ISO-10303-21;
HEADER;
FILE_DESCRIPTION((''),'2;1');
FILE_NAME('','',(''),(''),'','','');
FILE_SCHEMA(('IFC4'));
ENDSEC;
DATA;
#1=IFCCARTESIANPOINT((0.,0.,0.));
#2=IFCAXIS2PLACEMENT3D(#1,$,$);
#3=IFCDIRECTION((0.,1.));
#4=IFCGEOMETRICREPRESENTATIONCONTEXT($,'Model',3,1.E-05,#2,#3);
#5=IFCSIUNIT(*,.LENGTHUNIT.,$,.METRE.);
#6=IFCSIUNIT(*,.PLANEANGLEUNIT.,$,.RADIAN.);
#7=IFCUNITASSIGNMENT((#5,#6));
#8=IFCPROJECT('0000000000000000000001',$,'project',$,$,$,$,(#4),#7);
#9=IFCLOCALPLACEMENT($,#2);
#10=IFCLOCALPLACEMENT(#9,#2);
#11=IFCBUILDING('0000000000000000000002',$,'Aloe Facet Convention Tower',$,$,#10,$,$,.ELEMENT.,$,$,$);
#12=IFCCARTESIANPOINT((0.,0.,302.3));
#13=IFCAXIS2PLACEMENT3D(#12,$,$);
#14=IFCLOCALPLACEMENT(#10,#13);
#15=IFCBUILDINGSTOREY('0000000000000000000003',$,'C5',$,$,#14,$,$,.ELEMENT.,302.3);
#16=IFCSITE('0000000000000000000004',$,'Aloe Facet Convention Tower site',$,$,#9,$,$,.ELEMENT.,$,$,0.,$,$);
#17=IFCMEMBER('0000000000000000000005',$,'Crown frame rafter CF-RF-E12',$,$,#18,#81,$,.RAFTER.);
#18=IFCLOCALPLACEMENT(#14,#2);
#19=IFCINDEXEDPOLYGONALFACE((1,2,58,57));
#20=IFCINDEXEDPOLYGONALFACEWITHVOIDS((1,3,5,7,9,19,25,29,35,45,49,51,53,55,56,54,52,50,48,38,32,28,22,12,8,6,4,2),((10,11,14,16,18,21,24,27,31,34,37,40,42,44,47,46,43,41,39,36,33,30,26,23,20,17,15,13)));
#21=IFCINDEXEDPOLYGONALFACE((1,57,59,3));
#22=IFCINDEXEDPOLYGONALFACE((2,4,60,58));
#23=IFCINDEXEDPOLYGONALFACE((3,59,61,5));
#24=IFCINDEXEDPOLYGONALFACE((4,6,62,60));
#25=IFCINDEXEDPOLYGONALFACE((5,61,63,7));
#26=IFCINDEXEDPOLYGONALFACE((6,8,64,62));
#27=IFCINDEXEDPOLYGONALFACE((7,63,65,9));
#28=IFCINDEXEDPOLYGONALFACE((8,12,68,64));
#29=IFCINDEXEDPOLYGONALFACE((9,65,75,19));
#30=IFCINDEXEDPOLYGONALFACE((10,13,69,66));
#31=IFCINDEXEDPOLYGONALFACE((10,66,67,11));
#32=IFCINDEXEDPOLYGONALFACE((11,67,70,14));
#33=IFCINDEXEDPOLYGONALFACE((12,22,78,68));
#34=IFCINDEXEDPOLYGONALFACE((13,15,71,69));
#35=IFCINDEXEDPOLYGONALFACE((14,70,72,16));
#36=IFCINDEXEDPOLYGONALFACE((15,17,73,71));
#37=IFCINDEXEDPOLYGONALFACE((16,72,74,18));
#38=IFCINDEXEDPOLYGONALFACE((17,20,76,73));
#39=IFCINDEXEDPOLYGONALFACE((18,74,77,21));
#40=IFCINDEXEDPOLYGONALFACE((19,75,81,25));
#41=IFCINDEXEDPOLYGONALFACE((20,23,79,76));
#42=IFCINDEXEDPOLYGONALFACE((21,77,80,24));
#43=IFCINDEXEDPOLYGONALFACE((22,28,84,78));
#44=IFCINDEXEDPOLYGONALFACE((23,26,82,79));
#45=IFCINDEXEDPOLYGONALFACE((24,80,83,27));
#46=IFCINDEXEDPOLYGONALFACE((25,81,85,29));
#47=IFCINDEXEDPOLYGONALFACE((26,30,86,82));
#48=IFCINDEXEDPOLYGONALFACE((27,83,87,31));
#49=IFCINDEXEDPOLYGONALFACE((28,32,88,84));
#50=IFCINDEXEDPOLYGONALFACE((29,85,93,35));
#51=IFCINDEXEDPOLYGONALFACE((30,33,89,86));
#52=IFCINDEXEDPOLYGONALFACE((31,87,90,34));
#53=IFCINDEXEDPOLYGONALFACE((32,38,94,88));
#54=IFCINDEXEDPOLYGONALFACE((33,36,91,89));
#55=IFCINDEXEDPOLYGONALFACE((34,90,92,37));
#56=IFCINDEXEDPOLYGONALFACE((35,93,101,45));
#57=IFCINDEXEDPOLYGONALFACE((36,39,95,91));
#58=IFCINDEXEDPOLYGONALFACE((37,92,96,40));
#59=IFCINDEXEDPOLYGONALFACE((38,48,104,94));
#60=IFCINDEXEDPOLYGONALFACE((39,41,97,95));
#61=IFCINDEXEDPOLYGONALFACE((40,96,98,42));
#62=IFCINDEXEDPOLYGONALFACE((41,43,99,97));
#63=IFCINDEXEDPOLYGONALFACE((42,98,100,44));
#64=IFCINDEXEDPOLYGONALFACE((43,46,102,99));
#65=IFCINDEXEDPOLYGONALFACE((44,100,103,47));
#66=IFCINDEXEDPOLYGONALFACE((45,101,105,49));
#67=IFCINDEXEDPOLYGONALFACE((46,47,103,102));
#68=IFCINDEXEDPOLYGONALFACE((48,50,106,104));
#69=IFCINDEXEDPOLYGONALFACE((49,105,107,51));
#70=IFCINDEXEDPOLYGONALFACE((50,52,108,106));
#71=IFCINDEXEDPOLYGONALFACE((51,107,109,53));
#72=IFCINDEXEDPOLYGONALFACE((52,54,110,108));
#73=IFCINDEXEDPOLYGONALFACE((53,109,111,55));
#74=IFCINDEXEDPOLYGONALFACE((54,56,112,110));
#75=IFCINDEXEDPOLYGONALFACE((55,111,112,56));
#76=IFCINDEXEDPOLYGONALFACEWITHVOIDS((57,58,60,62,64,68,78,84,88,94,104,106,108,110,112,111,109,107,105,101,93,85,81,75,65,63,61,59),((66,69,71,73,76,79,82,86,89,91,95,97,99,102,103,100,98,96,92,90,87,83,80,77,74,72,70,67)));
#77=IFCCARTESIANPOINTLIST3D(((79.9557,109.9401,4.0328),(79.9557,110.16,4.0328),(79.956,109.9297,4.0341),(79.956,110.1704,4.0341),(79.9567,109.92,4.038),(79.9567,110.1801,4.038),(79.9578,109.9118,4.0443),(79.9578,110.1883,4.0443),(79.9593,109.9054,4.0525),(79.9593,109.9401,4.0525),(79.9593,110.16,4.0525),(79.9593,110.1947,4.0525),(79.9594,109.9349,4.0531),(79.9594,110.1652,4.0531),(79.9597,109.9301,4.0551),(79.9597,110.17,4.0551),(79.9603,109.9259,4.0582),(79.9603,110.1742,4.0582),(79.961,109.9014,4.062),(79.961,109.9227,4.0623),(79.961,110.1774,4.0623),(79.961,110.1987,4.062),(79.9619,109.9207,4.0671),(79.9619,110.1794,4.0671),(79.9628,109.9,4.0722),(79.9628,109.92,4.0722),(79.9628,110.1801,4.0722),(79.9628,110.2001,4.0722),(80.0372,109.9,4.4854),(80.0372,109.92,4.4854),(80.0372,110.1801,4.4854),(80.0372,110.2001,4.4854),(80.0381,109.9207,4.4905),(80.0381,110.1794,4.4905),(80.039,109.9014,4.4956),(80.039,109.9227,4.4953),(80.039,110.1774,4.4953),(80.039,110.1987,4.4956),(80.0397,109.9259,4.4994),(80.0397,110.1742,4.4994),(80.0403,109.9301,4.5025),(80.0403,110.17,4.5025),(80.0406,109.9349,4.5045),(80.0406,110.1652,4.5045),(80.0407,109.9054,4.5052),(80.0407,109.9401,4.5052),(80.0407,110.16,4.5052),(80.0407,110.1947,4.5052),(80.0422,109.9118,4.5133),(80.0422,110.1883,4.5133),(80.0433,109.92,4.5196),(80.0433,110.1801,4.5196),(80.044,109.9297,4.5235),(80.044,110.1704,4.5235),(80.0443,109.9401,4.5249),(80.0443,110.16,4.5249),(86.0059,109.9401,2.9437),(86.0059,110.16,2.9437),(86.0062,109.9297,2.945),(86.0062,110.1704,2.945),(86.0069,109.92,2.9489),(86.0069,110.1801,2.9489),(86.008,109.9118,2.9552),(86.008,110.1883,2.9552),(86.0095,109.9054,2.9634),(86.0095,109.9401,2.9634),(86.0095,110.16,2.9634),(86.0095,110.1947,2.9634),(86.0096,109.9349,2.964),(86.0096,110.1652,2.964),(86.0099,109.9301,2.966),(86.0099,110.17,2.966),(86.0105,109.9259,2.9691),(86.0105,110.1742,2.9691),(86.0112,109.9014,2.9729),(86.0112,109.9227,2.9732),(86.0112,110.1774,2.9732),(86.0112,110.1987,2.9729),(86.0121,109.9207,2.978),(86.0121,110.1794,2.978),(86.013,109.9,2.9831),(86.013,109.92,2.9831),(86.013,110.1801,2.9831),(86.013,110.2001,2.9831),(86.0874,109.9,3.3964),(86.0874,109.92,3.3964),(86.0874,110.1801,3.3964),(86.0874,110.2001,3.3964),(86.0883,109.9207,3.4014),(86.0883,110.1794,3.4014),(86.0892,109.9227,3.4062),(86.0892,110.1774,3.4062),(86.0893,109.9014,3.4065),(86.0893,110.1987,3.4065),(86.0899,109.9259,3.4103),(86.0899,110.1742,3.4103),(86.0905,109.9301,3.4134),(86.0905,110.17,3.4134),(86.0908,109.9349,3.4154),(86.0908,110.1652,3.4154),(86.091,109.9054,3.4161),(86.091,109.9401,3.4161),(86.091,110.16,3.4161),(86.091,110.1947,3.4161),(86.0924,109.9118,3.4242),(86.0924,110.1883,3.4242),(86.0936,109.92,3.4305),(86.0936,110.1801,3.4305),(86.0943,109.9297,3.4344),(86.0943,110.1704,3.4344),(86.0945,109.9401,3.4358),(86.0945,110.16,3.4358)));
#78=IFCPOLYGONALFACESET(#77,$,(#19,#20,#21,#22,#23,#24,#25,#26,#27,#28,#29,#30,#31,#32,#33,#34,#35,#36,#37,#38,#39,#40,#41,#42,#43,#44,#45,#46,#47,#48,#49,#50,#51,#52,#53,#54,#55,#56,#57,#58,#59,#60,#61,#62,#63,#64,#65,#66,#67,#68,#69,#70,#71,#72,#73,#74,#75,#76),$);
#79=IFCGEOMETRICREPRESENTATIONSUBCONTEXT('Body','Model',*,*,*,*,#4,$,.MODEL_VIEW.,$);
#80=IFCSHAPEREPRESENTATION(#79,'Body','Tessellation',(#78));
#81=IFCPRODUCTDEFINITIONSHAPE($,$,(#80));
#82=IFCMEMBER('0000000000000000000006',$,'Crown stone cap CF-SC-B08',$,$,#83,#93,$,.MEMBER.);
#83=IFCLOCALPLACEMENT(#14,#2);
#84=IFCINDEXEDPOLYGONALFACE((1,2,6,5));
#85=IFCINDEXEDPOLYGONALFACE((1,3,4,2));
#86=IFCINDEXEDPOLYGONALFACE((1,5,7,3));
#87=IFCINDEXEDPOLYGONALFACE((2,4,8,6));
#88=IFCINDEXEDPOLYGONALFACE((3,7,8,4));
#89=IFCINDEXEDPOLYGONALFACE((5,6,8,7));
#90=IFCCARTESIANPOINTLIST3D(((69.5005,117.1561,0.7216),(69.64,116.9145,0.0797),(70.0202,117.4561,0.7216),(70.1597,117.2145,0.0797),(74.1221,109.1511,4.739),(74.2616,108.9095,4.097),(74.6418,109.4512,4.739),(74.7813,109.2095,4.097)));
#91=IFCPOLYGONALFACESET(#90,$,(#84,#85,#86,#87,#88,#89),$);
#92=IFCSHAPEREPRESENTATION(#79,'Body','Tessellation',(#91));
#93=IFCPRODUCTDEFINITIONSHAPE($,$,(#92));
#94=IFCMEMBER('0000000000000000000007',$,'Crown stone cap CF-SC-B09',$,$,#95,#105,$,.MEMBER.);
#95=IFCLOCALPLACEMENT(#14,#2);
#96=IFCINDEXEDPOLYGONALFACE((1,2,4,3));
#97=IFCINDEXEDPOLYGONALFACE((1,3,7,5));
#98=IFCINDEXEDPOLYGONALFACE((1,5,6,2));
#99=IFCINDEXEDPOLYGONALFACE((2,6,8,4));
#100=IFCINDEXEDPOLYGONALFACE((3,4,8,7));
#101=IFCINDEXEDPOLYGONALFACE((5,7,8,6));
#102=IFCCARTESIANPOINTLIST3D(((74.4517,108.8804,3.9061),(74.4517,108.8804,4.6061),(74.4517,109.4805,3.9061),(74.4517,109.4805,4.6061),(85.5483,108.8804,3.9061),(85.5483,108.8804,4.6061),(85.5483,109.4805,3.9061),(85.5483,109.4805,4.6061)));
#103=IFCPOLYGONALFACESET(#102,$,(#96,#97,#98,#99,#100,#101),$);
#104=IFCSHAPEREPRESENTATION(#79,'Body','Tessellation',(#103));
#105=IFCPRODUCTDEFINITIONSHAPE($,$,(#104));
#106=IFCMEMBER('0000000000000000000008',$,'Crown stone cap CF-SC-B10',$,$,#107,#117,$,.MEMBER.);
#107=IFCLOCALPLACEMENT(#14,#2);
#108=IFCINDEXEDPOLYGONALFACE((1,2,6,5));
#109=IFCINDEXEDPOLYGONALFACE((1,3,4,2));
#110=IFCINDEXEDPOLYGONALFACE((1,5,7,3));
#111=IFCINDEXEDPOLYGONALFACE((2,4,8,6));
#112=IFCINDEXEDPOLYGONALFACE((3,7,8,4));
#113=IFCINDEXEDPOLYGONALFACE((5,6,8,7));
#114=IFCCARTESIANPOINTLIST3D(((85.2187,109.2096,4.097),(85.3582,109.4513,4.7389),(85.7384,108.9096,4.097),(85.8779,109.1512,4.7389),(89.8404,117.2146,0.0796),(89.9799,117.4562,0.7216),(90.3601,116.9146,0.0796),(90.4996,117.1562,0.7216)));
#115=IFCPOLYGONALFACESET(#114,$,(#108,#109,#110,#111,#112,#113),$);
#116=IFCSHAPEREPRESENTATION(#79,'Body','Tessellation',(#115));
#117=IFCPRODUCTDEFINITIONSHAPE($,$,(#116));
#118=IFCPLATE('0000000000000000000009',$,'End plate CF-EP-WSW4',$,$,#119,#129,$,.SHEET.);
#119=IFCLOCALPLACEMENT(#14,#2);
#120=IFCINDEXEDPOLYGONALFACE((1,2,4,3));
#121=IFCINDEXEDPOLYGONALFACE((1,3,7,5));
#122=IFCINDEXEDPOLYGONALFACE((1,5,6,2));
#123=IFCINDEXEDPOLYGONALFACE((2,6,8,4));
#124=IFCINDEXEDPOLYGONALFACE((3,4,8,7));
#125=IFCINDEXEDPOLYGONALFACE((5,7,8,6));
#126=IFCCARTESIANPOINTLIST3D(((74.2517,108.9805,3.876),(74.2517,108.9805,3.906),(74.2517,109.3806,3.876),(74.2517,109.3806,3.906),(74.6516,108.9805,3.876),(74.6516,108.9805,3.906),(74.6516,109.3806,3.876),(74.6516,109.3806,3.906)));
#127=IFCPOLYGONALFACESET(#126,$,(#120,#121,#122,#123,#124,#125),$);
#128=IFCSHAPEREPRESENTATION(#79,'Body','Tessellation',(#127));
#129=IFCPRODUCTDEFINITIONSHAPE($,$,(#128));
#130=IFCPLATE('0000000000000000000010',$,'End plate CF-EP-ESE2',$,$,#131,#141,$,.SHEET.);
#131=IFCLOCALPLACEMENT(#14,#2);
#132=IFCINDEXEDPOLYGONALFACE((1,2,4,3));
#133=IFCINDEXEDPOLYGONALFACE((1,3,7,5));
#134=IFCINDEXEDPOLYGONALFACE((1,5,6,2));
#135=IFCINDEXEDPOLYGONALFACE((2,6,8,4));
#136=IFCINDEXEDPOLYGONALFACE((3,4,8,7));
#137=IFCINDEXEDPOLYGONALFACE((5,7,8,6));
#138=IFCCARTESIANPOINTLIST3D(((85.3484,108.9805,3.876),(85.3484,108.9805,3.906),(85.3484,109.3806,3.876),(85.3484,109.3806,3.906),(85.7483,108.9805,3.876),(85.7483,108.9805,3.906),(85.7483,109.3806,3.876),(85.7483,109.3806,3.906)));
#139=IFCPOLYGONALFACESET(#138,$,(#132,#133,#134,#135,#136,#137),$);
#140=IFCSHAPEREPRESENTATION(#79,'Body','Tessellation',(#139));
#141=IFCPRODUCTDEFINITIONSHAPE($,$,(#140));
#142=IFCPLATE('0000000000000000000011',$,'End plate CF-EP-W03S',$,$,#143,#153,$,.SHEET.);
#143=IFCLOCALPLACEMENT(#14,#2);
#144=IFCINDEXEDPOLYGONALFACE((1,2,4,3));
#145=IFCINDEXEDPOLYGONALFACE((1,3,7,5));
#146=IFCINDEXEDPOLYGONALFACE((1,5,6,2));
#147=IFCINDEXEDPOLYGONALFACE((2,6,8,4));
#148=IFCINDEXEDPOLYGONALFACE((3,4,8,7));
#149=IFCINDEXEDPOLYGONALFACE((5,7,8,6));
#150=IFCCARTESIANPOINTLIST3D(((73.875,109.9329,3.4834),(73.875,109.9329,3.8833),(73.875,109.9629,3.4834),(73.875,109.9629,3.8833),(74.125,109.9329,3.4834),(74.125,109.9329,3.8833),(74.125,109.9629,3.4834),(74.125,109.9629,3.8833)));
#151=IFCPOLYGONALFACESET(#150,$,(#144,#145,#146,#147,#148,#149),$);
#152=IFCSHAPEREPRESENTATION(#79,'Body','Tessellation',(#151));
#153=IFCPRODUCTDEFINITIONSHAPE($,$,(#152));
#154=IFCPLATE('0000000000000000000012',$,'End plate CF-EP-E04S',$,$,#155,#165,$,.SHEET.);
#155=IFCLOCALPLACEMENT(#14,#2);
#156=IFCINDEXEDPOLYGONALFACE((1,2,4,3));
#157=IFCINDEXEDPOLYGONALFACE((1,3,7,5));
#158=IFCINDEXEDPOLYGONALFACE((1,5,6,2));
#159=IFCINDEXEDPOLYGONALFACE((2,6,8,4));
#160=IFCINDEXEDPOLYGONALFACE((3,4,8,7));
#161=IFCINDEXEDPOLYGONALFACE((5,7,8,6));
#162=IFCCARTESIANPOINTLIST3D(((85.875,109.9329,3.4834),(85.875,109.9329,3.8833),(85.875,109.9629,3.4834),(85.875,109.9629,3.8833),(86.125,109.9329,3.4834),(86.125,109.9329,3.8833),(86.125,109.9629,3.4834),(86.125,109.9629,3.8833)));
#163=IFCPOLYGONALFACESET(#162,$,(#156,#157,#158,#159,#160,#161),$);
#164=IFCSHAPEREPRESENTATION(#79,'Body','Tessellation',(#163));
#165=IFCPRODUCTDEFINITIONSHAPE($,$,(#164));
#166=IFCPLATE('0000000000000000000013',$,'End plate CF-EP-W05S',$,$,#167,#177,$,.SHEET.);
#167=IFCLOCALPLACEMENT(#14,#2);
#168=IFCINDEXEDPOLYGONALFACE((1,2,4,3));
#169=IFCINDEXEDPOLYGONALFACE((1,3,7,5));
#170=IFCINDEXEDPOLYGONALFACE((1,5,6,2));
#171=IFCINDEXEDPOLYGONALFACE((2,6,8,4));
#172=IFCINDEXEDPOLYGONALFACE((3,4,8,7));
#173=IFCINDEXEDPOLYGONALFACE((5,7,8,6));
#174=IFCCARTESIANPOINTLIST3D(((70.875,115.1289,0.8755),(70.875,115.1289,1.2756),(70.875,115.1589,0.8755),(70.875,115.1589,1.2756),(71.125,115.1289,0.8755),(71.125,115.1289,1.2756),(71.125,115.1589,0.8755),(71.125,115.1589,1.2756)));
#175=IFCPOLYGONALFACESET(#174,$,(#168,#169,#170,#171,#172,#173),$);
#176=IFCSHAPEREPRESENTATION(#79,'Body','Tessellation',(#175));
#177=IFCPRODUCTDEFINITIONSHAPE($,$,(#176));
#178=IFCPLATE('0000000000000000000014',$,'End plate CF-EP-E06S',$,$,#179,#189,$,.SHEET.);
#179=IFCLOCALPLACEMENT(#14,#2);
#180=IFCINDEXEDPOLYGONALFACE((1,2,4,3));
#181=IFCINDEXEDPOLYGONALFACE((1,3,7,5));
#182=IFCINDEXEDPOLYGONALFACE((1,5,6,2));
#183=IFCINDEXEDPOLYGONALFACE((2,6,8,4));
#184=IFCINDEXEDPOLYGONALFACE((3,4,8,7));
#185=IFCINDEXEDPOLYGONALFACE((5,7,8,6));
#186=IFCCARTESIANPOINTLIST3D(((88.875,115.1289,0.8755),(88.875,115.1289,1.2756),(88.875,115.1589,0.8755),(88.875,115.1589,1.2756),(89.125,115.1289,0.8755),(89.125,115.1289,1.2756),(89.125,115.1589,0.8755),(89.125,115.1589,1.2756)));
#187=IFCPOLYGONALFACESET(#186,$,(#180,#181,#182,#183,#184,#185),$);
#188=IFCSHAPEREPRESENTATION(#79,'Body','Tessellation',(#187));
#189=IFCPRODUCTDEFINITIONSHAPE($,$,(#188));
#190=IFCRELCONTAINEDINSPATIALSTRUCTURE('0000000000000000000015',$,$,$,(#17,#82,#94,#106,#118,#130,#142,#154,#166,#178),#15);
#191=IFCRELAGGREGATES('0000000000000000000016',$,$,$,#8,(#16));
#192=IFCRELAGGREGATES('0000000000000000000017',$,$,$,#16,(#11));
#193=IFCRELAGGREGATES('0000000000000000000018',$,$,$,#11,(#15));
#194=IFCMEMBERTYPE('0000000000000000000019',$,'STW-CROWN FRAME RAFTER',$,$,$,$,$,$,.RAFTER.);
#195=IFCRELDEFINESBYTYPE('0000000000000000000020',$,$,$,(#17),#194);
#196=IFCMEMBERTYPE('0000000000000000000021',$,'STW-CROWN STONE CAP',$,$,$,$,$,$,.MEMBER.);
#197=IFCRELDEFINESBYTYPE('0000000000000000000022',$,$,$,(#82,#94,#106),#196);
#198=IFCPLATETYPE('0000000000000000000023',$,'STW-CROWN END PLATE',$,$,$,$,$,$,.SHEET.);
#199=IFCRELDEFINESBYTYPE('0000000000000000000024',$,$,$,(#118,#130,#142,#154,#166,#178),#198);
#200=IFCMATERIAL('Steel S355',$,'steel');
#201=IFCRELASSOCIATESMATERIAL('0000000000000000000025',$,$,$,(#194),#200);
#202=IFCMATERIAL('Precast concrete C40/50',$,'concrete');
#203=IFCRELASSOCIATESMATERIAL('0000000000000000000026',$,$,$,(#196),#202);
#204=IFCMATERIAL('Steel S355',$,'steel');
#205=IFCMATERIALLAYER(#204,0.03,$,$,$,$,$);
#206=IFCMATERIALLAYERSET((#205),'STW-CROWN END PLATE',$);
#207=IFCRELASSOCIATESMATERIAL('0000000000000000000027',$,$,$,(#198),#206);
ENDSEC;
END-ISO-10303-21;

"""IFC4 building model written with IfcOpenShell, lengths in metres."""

from ifc_helpers import new_model, si_unit, direction, frame, origin, origin_2d, place, context, subcontext, project, spatial, polyline, rectangle, hollow_rectangle, outline, extrude, material, layer, layer_set, material_profile, profile_set, type_object, element, save


model = new_model("IFC4")

# Units and contexts
model_context = context("Model", 3, precision=1e-05, world=origin(), true_north=direction((0.0, 1.0)))
body_context = subcontext(model_context, "Body", "Model", "MODEL_VIEW")
ifc_project = project(units=[si_unit("LENGTHUNIT", "METRE"), si_unit("PLANEANGLEUNIT", "RADIAN")], contexts=[model_context])

# Site, building, storey
site_placement = place(None, origin())
site = spatial("IfcSite", under=ifc_project, at=site_placement, Name="Aloe Facet Convention Tower site", CompositionType="ELEMENT", RefElevation=0.0)
building_placement = place(site_placement, origin())
building = spatial("IfcBuilding", under=site, at=building_placement, Name="Aloe Facet Convention Tower", CompositionType="ELEMENT")
storey_placement = place(building_placement, frame((0.0, 0.0, 302.3)))
storey = spatial("IfcBuildingStorey", under=building, at=storey_placement, Name="C5", CompositionType="ELEMENT", Elevation=302.3)

# Members
ifc_material_1 = material(Name="Steel S355", Category="steel")
ifc_material_profile_1 = material_profile(ifc_material_1, hollow_rectangle(XDim=0.3, YDim=0.5, WallThickness=0.02, InnerFilletRadius=0.02, OuterFilletRadius=0.04, at=origin_2d()), Name="RHS 500x300x20")
ifc_profile_set_1 = profile_set([ifc_material_profile_1], Name="Steel S355")
member_type_1 = type_object("IfcMemberType", Name="STW-CROWN FRAME RAFTER", PredefinedType="RAFTER", material=ifc_profile_set_1)
for number, where, z_axis, x_axis, name in (
    (1, (80.0, 110.05, 4.2788), (0.984182, 0.0, -0.177162), (0.0, 1.0, 0.0), "Crown frame rafter CF-RF-E12"),
):
    element("IfcMember", number, at=place(storey_placement, frame(where, z_axis=z_axis, x_axis=x_axis)), inside=storey, type_object=member_type_1, Name=name, PredefinedType="RAFTER", context=body_context, shape_type="SweptSolid", body=[
        extrude(hollow_rectangle(XDim=0.3, YDim=0.5, WallThickness=0.02, InnerFilletRadius=0.02, OuterFilletRadius=0.04, at=origin_2d()), origin(), (0.0, 0.0, 1.0), 6.1475),
    ])
ifc_material_2 = material(Name="Precast concrete C40/50", Category="concrete")
ifc_material_profile_2 = material_profile(ifc_material_2, rectangle(XDim=0.6001, YDim=0.7, at=origin_2d()), Name="STW-CROWN STONE CAP")
ifc_profile_set_2 = profile_set([ifc_material_profile_2], Name="Precast concrete C40/50")
member_type_2 = type_object("IfcMemberType", Name="STW-CROWN STONE CAP", PredefinedType="MEMBER", material=ifc_profile_set_2)
member_1_placement = place(storey_placement, frame((69.8301, 117.1853, 0.4006), z_axis=(0.458559, -0.794253, 0.398604), x_axis=(0.866027, 0.499997, 0.0)))
element("IfcMember", 2, at=member_1_placement, inside=storey, type_object=member_type_2, Name="Crown stone cap CF-SC-B08", PredefinedType="MEMBER", context=body_context, shape_type="SweptSolid", body=[
    extrude(rectangle(XDim=0.6001, YDim=0.7, at=origin_2d()), origin(), (0.0, 0.0, 1.0), 10.0786),
])
member_2_placement = place(storey_placement, frame((74.4517, 109.1804, 4.2561), z_axis=(1.0, 0.0, 0.0), x_axis=(0.0, 1.0, 0.0)))
element("IfcMember", 3, at=member_2_placement, inside=storey, type_object=member_type_2, Name="Crown stone cap CF-SC-B09", PredefinedType="MEMBER", context=body_context, shape_type="SweptSolid", body=[
    extrude(rectangle(XDim=0.6001, YDim=0.7, at=origin_2d()), origin(), (0.0, 0.0, 1.0), 11.0967),
])
member_3_placement = place(storey_placement, frame((85.5483, 109.1804, 4.418), z_axis=(0.458559, 0.794253, -0.398604), x_axis=(-0.866027, 0.499997, 0.0)))
element("IfcMember", 4, at=member_3_placement, inside=storey, type_object=member_type_2, Name="Crown stone cap CF-SC-B10", PredefinedType="MEMBER", context=body_context, shape_type="SweptSolid", body=[
    extrude(rectangle(XDim=0.6001, YDim=0.7, at=origin_2d()), origin(), (0.0, 0.0, 1.0), 10.0786),
])

# Plates
ifc_material_3 = material(Name="Steel S355", Category="steel")
ifc_layer_1 = layer(ifc_material_3, 0.03)
ifc_layer_set_1 = layer_set([ifc_layer_1], Name="STW-CROWN END PLATE")
plate_type = type_object("IfcPlateType", Name="STW-CROWN END PLATE", PredefinedType="SHEET", material=ifc_layer_set_1)
plate_1_placement = place(storey_placement, frame((0.0, 0.0, 3.876)))
element("IfcPlate", 5, at=plate_1_placement, inside=storey, type_object=plate_type, Name="End plate CF-EP-WSW4", PredefinedType="SHEET", context=body_context, shape_type="SweptSolid", body=[
    extrude(outline(polyline([(74.2517, 108.9805), (74.6516, 108.9805), (74.6516, 109.3806), (74.2517, 109.3806), (74.2517, 108.9805)])), origin(), (0.0, 0.0, 1.0), 0.03),
])
plate_2_placement = place(storey_placement, frame((0.0, 0.0, 3.876)))
element("IfcPlate", 6, at=plate_2_placement, inside=storey, type_object=plate_type, Name="End plate CF-EP-ESE2", PredefinedType="SHEET", context=body_context, shape_type="SweptSolid", body=[
    extrude(outline(polyline([(85.3484, 108.9805), (85.7483, 108.9805), (85.7483, 109.3806), (85.3484, 109.3806), (85.3484, 108.9805)])), origin(), (0.0, 0.0, 1.0), 0.03),
])
for number, where, z_axis, x_axis, name in (
    (7, (73.875, 109.9629, 3.8833), (0.0, 1.0, 0.0), (1.0, 0.0, 0.0), "End plate CF-EP-W03S"),
    (8, (85.875, 109.9629, 3.8833), (0.0, 1.0, 0.0), (1.0, 0.0, 0.0), "End plate CF-EP-E04S"),
):
    element("IfcPlate", number, at=place(storey_placement, frame(where, z_axis=z_axis, x_axis=x_axis)), inside=storey, type_object=plate_type, Name=name, PredefinedType="SHEET", context=body_context, shape_type="SweptSolid", body=[
        extrude(outline(polyline([(0.0, 0.0), (0.25, 0.0), (0.25, 0.3999), (0.0, 0.3999), (0.0, 0.0)])), origin(), (0.0, 0.0, -1.0), 0.03),
    ])
for number, where, z_axis, x_axis, name in (
    (9, (70.875, 115.1589, 1.2756), (0.0, 1.0, 0.0), (1.0, 0.0, 0.0), "End plate CF-EP-W05S"),
    (10, (88.875, 115.1589, 1.2756), (0.0, 1.0, 0.0), (1.0, 0.0, 0.0), "End plate CF-EP-E06S"),
):
    element("IfcPlate", number, at=place(storey_placement, frame(where, z_axis=z_axis, x_axis=x_axis)), inside=storey, type_object=plate_type, Name=name, PredefinedType="SHEET", context=body_context, shape_type="SweptSolid", body=[
        extrude(outline(polyline([(0.0, 0.0), (0.25, 0.0), (0.25, 0.4001), (0.0, 0.4001), (0.0, 0.0)])), origin(), (0.0, 0.0, -1.0), 0.03),
    ])

save(model, "model.ifc")
